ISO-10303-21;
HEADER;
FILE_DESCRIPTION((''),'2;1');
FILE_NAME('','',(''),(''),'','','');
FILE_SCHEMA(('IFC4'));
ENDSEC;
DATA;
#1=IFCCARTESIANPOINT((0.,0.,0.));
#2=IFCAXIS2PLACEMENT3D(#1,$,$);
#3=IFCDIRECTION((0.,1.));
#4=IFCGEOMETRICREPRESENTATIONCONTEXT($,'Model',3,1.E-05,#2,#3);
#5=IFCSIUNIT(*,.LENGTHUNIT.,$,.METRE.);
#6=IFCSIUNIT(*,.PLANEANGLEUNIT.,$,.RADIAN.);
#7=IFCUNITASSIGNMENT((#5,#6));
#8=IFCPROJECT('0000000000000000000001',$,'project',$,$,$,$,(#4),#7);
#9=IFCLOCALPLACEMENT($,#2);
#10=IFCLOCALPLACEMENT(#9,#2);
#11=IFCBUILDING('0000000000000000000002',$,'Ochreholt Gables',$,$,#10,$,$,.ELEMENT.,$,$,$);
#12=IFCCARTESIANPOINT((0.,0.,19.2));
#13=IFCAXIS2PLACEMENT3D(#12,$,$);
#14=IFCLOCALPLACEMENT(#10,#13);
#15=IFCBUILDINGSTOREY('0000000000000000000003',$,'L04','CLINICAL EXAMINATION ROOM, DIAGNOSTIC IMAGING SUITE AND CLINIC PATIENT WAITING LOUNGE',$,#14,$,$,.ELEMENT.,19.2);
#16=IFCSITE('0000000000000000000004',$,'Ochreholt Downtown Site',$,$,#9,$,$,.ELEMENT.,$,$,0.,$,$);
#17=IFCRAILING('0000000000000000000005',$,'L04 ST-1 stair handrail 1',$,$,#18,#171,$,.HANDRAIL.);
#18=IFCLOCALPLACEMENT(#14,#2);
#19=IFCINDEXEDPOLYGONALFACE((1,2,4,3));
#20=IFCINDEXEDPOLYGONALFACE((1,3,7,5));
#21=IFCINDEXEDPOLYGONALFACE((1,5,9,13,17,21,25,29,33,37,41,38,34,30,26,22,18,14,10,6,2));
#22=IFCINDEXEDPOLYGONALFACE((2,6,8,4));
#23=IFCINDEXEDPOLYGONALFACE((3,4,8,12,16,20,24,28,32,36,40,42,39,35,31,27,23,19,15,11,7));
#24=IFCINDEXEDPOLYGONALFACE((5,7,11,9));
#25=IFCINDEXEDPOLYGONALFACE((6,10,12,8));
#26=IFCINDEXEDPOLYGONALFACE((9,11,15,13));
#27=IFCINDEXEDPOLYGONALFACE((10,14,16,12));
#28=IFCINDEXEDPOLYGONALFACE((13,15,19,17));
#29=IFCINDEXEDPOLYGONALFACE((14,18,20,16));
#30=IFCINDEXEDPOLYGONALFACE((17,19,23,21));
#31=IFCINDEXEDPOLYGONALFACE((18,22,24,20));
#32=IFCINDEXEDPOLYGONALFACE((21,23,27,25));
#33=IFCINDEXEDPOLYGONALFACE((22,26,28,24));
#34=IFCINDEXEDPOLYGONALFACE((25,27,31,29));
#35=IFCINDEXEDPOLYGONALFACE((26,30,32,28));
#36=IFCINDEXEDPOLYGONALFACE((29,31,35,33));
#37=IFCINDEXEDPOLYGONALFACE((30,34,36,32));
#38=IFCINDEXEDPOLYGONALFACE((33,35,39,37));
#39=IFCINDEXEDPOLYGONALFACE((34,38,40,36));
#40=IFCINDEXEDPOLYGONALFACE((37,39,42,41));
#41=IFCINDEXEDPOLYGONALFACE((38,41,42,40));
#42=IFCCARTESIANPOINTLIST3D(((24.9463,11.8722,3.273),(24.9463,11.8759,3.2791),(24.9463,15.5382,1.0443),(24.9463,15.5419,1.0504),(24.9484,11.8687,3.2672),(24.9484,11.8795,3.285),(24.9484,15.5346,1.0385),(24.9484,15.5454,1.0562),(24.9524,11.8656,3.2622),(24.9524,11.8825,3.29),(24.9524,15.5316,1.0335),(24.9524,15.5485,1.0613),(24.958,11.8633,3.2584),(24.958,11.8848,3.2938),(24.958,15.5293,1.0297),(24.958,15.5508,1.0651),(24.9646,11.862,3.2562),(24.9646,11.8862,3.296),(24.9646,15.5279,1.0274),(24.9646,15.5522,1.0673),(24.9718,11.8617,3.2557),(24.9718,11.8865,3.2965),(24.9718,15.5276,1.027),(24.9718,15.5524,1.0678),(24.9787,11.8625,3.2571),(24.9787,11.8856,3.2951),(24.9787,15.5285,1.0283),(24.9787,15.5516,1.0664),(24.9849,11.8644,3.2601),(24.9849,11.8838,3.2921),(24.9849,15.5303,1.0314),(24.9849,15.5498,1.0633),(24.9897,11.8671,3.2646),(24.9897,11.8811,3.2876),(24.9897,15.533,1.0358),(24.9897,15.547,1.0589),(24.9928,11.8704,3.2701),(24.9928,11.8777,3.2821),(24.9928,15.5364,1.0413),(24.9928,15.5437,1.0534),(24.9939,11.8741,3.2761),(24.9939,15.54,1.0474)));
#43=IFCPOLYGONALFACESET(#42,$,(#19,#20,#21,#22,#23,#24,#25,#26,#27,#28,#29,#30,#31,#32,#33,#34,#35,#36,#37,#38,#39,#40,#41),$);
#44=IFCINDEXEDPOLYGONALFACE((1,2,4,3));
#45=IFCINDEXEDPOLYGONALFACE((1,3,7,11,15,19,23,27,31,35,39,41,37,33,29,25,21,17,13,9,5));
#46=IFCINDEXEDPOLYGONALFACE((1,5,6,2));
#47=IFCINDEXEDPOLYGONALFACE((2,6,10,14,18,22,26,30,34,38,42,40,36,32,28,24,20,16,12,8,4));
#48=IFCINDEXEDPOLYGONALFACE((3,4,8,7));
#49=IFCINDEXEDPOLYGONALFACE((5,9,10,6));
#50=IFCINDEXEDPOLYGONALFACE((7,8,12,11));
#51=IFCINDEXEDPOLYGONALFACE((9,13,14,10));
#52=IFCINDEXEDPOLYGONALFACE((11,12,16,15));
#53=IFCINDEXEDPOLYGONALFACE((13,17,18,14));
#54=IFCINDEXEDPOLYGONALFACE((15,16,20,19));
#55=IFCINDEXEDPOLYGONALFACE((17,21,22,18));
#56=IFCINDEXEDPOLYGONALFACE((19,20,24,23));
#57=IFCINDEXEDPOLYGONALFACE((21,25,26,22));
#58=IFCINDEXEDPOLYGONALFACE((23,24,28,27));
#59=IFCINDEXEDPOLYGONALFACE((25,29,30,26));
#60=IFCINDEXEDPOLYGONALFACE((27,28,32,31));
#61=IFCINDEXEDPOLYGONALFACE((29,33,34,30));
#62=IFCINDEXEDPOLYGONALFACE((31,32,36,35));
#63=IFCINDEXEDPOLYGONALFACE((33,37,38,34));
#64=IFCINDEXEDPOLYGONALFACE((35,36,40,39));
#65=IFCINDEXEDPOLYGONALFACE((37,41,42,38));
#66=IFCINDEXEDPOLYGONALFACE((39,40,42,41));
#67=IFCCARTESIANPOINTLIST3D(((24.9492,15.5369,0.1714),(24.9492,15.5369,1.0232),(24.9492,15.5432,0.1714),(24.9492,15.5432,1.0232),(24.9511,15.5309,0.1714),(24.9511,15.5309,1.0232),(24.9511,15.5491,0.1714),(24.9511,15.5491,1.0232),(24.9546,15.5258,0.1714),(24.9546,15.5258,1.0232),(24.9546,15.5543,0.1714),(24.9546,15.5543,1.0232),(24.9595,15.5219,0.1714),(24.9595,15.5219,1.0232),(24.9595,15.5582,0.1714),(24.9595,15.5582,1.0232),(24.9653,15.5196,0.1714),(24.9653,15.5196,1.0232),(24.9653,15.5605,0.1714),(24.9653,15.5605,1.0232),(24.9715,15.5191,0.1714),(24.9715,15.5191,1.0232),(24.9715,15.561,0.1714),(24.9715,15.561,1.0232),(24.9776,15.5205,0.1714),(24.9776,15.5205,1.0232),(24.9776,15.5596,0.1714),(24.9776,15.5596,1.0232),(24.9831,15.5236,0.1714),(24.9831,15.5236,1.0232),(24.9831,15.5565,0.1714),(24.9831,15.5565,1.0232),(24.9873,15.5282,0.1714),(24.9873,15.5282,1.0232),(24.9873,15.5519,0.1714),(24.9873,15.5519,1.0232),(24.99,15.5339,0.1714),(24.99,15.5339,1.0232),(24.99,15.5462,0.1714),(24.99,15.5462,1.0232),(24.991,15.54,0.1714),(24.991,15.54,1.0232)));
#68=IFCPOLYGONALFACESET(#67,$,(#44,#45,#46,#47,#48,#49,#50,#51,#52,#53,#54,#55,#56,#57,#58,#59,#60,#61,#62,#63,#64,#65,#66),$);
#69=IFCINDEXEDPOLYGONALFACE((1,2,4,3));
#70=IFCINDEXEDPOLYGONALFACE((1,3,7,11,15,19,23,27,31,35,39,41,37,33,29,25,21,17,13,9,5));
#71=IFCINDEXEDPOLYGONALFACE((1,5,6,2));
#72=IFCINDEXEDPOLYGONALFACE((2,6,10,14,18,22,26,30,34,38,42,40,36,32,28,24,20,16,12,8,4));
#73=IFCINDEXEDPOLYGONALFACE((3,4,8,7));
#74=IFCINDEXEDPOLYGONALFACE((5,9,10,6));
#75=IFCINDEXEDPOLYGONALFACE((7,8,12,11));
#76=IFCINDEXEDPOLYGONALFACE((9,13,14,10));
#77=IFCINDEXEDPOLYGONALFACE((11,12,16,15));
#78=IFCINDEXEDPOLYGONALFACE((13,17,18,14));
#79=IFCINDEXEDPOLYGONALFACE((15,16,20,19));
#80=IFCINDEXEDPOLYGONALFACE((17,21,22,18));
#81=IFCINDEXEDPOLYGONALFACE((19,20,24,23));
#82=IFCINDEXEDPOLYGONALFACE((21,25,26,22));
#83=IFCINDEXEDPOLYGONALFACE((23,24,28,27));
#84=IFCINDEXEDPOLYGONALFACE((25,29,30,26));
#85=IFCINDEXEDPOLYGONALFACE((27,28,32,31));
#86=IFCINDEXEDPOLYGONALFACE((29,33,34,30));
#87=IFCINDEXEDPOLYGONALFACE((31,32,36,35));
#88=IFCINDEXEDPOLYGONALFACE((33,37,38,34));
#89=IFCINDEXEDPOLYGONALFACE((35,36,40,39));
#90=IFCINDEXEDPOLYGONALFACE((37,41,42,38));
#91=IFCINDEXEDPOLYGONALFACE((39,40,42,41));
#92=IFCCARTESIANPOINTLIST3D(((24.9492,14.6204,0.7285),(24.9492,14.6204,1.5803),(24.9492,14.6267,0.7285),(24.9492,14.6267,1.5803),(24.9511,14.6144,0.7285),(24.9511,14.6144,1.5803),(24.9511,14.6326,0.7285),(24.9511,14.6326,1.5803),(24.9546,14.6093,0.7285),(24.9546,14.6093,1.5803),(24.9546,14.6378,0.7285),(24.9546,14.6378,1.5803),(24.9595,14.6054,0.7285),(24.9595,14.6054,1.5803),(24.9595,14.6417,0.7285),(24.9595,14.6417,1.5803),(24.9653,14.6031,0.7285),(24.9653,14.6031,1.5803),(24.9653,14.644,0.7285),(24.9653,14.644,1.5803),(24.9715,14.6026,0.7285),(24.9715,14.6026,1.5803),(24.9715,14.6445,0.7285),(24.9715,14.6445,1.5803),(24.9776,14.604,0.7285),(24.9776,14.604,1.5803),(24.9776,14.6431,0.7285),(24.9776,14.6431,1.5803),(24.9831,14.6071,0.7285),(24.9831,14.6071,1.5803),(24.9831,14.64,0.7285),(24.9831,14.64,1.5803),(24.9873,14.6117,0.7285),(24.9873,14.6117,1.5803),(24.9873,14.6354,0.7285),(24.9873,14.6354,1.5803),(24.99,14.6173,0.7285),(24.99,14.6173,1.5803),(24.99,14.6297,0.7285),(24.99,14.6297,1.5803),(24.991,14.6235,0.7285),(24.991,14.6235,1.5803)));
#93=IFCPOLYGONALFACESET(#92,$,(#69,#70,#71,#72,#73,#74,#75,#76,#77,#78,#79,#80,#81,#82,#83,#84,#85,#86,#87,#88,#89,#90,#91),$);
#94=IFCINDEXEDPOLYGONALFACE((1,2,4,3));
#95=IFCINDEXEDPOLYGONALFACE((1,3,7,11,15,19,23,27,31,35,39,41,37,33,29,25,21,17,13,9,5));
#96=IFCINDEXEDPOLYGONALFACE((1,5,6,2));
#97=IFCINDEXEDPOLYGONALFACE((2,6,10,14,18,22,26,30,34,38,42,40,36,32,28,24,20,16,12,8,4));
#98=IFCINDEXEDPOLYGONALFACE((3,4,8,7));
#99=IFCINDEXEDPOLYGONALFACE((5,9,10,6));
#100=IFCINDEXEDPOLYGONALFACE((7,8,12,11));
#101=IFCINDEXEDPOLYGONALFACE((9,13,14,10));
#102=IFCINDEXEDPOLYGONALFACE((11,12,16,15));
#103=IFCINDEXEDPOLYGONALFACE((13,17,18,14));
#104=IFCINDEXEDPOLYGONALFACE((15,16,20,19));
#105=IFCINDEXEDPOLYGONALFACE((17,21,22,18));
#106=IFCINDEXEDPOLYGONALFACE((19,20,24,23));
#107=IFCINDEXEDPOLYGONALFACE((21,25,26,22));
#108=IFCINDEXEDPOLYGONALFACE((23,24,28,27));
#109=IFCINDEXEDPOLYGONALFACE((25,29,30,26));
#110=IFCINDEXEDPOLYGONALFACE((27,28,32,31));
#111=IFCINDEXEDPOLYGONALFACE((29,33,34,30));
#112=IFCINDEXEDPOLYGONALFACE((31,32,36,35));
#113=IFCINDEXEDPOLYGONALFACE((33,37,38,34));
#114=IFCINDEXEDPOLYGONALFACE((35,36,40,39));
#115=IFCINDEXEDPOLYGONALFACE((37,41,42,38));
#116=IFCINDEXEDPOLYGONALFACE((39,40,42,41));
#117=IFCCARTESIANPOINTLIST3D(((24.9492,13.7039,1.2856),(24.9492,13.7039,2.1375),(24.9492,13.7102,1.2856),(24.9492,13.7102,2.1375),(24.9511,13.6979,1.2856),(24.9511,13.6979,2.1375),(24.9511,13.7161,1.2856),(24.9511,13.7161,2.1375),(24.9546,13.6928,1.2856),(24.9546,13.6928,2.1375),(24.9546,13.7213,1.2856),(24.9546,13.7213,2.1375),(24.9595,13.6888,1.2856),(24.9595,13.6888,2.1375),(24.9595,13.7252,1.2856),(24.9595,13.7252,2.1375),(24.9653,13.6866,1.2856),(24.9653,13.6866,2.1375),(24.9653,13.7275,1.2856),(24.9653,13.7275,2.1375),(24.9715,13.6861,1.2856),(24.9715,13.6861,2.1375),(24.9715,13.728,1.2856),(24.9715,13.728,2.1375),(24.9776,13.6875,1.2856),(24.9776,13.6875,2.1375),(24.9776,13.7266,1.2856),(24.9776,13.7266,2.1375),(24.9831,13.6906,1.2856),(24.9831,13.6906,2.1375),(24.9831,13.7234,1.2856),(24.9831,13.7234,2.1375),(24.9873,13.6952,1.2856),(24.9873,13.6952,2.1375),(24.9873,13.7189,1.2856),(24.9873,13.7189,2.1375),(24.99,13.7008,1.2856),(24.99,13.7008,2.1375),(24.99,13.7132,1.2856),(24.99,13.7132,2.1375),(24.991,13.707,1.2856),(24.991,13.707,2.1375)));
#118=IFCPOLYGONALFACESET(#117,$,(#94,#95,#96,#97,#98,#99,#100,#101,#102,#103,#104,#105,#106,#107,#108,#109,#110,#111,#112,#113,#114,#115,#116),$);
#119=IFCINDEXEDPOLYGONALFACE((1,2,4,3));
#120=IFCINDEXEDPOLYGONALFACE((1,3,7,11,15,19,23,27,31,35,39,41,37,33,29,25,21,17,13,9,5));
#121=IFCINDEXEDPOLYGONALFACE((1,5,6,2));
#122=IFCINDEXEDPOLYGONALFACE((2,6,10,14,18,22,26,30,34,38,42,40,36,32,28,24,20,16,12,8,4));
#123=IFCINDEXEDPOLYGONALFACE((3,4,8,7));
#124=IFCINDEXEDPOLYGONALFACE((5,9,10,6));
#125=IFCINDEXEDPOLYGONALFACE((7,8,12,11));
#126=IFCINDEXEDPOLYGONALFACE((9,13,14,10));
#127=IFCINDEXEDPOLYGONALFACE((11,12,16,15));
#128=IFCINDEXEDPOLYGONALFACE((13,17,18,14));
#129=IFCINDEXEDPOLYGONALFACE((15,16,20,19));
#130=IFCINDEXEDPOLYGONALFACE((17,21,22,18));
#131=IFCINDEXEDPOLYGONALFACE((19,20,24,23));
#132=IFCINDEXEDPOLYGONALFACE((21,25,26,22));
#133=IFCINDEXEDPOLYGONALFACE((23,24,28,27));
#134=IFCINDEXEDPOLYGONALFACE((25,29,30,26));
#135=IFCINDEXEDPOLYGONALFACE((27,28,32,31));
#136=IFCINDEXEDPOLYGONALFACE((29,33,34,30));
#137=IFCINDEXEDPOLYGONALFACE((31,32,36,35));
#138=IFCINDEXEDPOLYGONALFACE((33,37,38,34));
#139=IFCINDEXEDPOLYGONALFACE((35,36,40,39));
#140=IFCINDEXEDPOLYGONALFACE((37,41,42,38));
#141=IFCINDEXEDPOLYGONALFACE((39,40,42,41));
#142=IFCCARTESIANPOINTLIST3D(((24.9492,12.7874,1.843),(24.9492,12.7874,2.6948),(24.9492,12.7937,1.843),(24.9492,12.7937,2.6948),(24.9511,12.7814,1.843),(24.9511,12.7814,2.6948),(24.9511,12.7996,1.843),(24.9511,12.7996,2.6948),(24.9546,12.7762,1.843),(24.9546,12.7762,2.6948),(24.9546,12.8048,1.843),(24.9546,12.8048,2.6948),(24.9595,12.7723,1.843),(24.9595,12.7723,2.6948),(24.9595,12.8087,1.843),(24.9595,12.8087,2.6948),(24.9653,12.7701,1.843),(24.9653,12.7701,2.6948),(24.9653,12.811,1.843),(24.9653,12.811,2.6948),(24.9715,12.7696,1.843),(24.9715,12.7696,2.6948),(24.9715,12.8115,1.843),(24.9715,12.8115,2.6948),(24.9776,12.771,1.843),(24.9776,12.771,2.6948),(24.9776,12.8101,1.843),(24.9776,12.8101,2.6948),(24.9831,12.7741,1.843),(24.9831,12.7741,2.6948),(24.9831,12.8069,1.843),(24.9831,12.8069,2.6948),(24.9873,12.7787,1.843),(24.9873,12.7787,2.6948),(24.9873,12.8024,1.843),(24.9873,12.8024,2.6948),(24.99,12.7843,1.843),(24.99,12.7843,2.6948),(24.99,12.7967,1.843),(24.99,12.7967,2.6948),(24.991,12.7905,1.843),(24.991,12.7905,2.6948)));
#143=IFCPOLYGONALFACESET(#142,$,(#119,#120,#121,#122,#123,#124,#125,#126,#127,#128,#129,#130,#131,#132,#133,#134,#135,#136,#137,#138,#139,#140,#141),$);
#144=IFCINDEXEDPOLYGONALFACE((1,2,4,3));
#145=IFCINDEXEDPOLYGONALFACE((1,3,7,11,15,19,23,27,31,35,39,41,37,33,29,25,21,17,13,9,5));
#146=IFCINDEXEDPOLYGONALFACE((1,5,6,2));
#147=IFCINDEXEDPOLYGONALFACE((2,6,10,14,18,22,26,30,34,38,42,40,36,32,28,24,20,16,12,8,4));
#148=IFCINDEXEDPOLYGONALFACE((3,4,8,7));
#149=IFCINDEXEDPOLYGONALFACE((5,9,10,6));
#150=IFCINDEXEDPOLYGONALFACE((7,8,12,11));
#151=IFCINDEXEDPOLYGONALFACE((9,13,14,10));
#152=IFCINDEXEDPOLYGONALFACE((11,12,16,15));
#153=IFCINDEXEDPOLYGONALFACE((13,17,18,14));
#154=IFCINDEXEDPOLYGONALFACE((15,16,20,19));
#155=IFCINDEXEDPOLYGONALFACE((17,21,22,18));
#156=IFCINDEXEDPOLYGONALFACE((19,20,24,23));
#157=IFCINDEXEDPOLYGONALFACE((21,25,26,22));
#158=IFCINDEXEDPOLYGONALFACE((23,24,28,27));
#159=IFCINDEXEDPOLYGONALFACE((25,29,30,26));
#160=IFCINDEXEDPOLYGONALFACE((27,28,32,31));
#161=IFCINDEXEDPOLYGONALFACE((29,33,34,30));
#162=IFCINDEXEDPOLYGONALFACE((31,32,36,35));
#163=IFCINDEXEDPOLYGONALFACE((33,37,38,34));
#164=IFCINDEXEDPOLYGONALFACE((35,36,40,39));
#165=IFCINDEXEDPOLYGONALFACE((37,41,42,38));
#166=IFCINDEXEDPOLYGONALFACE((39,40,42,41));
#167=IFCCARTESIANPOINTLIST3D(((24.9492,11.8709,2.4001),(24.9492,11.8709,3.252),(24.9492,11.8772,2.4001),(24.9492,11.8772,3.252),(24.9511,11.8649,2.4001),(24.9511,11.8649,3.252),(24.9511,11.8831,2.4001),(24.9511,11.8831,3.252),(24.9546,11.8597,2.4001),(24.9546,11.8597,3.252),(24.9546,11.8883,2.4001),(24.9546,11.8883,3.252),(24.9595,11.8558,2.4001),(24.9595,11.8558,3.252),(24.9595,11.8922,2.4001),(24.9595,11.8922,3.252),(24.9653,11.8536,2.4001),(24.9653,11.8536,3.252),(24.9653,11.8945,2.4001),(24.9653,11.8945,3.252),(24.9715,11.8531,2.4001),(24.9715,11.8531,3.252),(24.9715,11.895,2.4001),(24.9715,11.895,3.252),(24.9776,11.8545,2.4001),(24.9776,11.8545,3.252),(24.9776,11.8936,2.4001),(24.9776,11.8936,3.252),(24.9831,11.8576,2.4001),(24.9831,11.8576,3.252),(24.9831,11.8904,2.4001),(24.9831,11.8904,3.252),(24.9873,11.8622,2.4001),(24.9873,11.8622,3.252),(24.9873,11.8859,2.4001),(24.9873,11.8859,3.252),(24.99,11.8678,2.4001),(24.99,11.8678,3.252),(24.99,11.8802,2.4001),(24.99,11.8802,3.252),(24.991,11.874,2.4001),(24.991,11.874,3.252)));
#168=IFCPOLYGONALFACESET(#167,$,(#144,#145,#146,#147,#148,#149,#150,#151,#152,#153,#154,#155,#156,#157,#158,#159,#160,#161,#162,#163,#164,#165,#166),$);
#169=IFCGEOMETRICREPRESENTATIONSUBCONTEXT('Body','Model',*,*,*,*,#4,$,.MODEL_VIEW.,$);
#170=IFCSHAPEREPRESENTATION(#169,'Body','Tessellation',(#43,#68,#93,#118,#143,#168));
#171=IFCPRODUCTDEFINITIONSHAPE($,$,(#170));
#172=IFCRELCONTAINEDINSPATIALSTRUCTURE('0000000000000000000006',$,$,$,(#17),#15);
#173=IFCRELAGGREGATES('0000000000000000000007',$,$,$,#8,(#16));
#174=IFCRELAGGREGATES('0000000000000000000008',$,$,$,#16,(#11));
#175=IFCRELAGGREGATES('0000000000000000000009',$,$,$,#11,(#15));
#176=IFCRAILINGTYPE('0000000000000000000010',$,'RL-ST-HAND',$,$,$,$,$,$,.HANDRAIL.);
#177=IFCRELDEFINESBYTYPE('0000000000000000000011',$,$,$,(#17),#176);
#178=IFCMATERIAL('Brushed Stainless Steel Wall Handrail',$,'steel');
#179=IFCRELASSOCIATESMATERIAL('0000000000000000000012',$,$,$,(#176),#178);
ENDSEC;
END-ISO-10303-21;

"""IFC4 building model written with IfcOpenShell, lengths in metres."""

from ifc_helpers import new_model, si_unit, direction, frame, origin, origin_2d, place, context, subcontext, project, spatial, circle, extrude, material, type_object, element, save


model = new_model("IFC4")

# Units and contexts
model_context = context("Model", 3, precision=1e-05, world=origin(), true_north=direction((0.0, 1.0)))
body_context = subcontext(model_context, "Body", "Model", "MODEL_VIEW")
ifc_project = project(units=[si_unit("LENGTHUNIT", "METRE"), si_unit("PLANEANGLEUNIT", "RADIAN")], contexts=[model_context])

# Site, building, storey
site_placement = place(None, origin())
site = spatial("IfcSite", under=ifc_project, at=site_placement, Name="Ochreholt Downtown Site", CompositionType="ELEMENT", RefElevation=0.0)
building_placement = place(site_placement, origin())
building = spatial("IfcBuilding", under=site, at=building_placement, Name="Ochreholt Gables", CompositionType="ELEMENT")
storey_placement = place(building_placement, frame((0.0, 0.0, 19.2)))
storey = spatial("IfcBuildingStorey", under=building, at=storey_placement, Name="L04", Description="CLINICAL EXAMINATION ROOM, DIAGNOSTIC IMAGING SUITE AND CLINIC PATIENT WAITING LOUNGE", CompositionType="ELEMENT", Elevation=19.2)

# Railing
ifc_material_1 = material(Name="Brushed Stainless Steel Wall Handrail", Category="steel")
railing_type_1 = type_object("IfcRailingType", Name="RL-ST-HAND", PredefinedType="HANDRAIL", material=ifc_material_1)
railing_1_placement = place(storey_placement, frame((24.97, 15.54, 0.1714)))
element("IfcRailing", 1, at=railing_1_placement, inside=storey, type_object=railing_type_1, Name="L04 ST-1 stair handrail 1", PredefinedType="HANDRAIL", context=body_context, shape_type="SweptSolid", body=[
    extrude(circle(Radius=0.0239, at=origin_2d()), frame((0.0, 0.0, 0.876), z_axis=(0.0, -0.854481, 0.519483), x_axis=(1.0, 0.0, 0.0)), (0.0, 0.0, 1.0), 4.2903),
    extrude(circle(Radius=0.021, at=origin_2d()), origin(), (0.0, 0.0, 1.0), 0.8518),
    extrude(circle(Radius=0.021, at=origin_2d()), frame((0.0, -0.9165, 0.5571)), (0.0, 0.0, 1.0), 0.8518),
    extrude(circle(Radius=0.021, at=origin_2d()), frame((0.0, -1.833, 1.1143)), (0.0, 0.0, 1.0), 0.8518),
    extrude(circle(Radius=0.021, at=origin_2d()), frame((0.0, -2.7495, 1.6716)), (0.0, 0.0, 1.0), 0.8518),
    extrude(circle(Radius=0.021, at=origin_2d()), frame((0.0, -3.666, 2.2288)), (0.0, 0.0, 1.0), 0.8518),
])

save(model, "model.ifc")
